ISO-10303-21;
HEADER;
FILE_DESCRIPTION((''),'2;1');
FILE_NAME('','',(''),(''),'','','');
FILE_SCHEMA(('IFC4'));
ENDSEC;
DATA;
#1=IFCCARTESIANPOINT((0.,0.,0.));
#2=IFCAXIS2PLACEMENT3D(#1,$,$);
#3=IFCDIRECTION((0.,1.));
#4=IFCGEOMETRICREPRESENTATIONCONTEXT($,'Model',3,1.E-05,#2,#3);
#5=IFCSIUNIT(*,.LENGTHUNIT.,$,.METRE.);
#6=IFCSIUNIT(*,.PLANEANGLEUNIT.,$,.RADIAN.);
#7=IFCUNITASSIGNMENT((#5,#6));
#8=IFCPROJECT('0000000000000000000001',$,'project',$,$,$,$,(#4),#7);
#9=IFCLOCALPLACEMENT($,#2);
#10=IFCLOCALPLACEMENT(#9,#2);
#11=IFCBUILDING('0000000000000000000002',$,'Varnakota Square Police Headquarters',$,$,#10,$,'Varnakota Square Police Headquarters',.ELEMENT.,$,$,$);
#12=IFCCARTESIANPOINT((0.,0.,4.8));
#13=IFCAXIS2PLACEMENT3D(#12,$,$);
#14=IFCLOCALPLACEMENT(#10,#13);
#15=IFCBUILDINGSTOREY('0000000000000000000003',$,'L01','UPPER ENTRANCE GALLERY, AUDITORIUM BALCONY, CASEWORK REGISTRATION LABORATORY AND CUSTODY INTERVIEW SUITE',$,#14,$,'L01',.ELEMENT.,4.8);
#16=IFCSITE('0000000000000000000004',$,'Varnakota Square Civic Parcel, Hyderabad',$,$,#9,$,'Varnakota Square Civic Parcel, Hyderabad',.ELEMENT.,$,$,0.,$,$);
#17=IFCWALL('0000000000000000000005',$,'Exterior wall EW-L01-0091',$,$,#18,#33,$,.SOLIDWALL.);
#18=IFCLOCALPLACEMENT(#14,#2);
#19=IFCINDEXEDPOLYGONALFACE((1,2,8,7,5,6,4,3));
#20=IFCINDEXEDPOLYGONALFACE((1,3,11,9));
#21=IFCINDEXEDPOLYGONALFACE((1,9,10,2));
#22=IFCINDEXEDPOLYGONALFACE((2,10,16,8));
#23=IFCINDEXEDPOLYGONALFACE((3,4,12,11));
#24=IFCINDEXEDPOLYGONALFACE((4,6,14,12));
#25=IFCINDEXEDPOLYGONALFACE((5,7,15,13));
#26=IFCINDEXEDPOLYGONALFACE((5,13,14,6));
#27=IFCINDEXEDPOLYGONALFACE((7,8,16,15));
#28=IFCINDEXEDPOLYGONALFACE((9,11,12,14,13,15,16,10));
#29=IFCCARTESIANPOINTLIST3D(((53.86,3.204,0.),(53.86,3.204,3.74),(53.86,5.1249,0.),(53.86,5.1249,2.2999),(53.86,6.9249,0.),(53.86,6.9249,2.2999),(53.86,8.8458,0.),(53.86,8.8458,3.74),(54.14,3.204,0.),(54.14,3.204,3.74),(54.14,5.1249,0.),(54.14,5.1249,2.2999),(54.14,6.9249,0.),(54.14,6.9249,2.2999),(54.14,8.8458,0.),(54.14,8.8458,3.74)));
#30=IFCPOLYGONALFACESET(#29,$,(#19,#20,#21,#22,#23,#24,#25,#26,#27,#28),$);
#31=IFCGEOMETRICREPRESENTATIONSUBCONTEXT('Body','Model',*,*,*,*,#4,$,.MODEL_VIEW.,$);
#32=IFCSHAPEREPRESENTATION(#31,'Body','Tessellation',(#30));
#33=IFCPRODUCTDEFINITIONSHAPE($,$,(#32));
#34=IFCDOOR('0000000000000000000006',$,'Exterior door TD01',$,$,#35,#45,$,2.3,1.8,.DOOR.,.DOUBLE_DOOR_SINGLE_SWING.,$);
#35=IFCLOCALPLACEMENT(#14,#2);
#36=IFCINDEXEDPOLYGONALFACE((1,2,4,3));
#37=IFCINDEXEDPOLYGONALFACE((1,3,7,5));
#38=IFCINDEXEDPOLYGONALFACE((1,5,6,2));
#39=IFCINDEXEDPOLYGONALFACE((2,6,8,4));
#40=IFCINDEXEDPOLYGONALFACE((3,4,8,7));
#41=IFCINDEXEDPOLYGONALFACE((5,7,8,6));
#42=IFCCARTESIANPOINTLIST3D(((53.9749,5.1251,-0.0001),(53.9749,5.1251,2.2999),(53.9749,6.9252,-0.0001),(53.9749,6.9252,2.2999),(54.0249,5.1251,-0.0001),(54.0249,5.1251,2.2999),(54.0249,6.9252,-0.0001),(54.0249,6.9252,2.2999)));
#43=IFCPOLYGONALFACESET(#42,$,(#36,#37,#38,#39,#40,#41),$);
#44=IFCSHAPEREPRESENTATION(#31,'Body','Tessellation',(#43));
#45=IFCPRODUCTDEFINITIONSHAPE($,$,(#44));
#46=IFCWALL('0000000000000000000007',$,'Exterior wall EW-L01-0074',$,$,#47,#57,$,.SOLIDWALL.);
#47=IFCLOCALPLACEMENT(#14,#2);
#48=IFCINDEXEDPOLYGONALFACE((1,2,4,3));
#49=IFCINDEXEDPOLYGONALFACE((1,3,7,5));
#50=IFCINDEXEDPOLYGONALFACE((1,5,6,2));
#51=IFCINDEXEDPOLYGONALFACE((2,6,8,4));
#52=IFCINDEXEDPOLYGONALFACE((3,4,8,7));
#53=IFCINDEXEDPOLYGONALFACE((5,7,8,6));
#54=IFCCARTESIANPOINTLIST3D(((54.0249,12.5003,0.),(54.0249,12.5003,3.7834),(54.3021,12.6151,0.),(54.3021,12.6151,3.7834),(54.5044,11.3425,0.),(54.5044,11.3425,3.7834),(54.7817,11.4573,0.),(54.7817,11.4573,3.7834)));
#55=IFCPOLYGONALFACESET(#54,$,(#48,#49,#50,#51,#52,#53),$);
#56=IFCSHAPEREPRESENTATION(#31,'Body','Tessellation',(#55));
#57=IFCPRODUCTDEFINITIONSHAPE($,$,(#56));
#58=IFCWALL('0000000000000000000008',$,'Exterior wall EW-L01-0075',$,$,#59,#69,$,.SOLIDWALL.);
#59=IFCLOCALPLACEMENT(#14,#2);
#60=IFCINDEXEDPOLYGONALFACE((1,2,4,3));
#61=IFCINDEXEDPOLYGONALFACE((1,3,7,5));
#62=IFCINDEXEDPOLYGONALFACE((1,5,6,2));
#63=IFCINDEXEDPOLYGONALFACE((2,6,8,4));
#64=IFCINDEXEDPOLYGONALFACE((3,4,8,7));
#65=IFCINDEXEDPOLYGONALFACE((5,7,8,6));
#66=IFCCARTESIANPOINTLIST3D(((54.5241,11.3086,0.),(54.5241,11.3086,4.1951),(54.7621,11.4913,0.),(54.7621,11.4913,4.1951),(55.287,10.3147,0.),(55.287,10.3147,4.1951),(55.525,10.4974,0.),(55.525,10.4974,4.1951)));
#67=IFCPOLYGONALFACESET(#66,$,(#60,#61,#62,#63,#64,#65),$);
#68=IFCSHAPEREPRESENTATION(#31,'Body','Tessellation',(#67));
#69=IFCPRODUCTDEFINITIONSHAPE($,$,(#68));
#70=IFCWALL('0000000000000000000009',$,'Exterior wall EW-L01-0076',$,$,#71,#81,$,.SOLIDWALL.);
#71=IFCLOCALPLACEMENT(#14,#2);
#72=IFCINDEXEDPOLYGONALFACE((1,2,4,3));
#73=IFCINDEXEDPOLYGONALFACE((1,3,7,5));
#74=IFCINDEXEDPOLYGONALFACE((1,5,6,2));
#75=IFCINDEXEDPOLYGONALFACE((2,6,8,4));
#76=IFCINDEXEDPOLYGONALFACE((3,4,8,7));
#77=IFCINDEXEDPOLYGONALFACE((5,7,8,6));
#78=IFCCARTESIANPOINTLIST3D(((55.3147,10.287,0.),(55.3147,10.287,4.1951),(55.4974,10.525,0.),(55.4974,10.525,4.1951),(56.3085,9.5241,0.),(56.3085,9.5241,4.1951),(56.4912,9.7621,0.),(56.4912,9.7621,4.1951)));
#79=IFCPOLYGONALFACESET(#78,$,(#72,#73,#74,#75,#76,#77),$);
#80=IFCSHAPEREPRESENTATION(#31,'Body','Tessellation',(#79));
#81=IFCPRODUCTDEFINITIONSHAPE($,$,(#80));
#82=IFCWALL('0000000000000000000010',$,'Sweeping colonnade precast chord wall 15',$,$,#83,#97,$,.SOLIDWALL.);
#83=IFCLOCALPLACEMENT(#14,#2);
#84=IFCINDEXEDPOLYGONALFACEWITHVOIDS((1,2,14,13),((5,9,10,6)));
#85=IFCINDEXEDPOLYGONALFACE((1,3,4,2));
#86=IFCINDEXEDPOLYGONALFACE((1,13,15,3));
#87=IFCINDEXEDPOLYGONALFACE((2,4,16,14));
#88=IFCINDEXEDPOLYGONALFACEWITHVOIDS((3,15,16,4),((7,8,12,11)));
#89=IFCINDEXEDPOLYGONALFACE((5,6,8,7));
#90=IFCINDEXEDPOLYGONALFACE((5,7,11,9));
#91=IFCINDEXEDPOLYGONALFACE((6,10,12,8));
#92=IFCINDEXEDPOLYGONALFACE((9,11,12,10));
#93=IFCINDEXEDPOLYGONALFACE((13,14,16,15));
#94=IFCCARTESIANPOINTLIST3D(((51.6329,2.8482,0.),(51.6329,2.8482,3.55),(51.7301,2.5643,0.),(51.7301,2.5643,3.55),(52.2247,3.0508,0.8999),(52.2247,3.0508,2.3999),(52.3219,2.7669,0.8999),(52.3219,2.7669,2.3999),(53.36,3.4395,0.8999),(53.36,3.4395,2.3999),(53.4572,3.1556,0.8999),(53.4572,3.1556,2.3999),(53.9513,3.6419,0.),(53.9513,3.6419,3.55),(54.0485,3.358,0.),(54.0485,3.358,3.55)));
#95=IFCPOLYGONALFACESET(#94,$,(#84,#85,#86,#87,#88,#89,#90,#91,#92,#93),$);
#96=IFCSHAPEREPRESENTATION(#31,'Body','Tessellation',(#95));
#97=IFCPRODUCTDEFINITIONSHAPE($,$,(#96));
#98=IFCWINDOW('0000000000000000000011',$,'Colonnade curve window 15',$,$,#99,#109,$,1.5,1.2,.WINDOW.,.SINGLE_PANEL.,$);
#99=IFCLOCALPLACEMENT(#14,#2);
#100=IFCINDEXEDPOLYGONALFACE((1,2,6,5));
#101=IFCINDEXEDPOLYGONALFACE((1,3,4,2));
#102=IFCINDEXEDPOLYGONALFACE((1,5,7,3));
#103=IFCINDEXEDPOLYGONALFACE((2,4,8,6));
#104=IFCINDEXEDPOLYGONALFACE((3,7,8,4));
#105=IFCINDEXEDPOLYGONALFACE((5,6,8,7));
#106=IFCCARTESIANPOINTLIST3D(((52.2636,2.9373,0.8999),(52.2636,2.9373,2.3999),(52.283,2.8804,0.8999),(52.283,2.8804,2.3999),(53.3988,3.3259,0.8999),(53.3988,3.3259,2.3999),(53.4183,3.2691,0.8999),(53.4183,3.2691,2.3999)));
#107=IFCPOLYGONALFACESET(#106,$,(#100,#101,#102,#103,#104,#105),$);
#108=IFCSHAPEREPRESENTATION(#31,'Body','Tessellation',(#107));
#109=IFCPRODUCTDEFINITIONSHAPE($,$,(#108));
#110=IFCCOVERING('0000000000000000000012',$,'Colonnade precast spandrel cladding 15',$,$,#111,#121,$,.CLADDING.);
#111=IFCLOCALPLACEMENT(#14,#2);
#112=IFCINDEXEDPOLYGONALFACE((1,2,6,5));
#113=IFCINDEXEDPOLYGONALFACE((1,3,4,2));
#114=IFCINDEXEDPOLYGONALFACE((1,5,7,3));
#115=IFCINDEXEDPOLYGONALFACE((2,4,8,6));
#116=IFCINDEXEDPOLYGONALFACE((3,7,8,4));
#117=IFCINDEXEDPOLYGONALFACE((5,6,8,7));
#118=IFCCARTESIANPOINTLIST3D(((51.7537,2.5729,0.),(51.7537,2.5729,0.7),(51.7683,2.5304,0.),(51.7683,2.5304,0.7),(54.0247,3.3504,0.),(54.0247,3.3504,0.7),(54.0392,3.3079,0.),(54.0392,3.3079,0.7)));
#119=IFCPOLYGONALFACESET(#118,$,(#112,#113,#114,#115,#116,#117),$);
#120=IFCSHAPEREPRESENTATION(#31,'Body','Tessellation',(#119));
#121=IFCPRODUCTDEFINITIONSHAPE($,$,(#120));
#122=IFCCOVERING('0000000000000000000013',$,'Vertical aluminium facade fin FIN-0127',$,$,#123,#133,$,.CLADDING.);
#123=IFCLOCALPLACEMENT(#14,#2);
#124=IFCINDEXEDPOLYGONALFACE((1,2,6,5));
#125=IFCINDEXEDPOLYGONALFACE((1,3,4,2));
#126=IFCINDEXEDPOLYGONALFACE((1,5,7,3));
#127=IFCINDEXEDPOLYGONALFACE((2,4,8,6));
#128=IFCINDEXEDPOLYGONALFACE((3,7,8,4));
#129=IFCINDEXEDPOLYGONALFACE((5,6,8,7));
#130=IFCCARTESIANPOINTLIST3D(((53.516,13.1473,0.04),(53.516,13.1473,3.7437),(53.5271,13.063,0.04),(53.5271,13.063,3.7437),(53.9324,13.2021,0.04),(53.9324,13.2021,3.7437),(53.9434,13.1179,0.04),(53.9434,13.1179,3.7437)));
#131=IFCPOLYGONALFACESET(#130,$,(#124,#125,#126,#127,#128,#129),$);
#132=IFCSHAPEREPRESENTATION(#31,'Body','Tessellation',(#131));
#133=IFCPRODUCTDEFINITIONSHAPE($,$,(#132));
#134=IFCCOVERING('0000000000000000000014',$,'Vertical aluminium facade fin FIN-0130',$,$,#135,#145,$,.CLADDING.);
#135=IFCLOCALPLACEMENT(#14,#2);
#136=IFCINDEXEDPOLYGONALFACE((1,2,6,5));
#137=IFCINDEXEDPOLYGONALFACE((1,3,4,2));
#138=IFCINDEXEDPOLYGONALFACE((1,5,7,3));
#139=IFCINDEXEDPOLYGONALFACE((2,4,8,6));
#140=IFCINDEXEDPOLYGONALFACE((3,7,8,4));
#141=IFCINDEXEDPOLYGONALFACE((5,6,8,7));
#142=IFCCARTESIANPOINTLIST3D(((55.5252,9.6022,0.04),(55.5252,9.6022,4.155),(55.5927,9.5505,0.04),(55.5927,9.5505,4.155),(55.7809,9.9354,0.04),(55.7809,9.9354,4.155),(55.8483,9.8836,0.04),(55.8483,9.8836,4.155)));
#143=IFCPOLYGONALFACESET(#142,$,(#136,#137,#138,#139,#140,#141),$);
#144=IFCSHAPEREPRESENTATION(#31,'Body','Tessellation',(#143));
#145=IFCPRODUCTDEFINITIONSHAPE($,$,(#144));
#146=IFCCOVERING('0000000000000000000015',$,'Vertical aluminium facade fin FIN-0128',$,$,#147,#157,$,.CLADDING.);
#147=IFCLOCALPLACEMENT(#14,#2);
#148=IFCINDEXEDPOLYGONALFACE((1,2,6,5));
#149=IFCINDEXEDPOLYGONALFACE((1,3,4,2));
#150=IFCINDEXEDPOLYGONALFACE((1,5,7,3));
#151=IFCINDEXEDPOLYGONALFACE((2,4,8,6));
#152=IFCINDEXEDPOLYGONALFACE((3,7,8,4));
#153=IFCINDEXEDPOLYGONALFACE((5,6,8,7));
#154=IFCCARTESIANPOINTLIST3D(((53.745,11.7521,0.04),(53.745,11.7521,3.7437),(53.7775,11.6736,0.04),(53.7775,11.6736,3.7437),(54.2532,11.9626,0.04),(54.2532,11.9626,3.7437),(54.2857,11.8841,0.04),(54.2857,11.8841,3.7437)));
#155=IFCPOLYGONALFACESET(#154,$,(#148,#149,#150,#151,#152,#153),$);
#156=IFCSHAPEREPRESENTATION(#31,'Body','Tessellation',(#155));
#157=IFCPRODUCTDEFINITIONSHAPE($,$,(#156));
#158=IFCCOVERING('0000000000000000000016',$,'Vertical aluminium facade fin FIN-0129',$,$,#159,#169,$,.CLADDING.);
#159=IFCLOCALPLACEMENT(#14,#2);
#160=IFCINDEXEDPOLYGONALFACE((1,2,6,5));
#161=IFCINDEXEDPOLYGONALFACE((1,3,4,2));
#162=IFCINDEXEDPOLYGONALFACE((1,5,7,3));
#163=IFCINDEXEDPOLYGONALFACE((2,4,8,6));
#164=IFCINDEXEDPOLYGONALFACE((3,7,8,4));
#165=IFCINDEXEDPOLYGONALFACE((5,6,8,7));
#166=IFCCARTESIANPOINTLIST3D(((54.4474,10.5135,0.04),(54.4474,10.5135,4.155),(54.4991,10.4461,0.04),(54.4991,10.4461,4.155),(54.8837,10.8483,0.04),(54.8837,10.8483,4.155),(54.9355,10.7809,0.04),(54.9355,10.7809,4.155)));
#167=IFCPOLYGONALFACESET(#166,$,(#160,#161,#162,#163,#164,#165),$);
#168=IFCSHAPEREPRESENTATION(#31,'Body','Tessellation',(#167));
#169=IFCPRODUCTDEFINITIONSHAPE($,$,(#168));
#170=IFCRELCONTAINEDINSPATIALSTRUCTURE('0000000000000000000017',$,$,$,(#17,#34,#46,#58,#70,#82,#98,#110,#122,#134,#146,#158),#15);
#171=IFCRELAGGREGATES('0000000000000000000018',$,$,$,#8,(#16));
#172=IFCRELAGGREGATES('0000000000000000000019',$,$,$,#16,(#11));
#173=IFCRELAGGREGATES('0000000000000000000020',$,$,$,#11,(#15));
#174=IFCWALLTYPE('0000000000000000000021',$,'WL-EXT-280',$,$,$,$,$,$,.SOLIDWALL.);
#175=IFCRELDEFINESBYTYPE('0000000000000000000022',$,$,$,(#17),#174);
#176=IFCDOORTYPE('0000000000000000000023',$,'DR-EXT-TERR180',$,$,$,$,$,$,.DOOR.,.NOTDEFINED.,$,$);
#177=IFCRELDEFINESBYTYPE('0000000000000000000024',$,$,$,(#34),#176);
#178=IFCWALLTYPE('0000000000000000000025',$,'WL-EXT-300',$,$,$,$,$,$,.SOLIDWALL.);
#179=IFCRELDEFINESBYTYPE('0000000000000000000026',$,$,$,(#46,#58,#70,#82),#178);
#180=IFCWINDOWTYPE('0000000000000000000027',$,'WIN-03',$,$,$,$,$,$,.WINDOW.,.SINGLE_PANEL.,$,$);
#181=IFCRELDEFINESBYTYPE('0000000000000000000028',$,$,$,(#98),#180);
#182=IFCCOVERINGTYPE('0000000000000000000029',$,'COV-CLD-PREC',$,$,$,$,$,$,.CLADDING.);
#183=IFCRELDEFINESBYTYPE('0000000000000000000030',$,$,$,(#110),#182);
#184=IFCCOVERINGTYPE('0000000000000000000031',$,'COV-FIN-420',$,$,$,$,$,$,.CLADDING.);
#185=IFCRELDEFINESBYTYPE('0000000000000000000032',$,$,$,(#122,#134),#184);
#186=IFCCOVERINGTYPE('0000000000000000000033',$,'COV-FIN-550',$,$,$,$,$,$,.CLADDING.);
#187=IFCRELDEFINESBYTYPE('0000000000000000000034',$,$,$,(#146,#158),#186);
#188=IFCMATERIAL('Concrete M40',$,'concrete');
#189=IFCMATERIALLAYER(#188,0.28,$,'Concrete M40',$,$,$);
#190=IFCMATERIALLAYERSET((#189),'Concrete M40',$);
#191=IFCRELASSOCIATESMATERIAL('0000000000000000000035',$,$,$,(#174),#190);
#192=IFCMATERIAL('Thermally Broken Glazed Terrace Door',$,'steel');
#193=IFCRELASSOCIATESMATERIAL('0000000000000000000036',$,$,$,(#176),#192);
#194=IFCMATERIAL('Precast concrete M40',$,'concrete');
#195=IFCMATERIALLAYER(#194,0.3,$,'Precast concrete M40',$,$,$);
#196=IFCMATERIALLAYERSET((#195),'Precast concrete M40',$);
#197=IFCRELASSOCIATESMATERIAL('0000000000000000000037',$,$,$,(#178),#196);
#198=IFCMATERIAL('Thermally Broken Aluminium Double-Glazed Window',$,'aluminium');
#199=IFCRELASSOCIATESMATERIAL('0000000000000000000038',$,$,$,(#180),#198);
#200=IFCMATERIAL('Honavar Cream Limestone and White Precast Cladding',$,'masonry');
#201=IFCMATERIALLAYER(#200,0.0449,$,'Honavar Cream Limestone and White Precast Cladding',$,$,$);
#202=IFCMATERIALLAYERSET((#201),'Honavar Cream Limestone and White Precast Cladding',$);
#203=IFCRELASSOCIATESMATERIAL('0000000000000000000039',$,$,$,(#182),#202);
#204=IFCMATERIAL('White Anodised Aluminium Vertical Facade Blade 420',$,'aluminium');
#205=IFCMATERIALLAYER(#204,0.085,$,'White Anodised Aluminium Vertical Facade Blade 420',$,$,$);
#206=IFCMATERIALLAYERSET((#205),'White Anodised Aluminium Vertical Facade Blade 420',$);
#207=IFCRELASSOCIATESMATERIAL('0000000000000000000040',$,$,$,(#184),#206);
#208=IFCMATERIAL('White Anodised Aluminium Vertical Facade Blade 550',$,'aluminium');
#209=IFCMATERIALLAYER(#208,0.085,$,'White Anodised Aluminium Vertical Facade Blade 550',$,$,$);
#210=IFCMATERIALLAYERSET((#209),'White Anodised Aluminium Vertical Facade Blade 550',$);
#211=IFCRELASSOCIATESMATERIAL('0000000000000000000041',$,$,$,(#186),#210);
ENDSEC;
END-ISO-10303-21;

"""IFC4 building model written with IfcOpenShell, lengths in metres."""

from ifc_helpers import new_model, si_unit, direction, frame, frame_2d, origin, origin_2d, place, context, subcontext, project, spatial, rectangle, extrude, material, layer, layer_set, type_object, element, fill, save


model = new_model("IFC4")

# Units and contexts
model_context = context("Model", 3, precision=1e-05, world=origin(), true_north=direction((0.0, 1.0)))
body_context = subcontext(model_context, "Body", "Model", "MODEL_VIEW")
ifc_project = project(units=[si_unit("LENGTHUNIT", "METRE"), si_unit("PLANEANGLEUNIT", "RADIAN")], contexts=[model_context])

# Site, building, storey
site_placement = place(None, origin())
site = spatial("IfcSite", under=ifc_project, at=site_placement, Name="Varnakota Square Civic Parcel, Hyderabad", LongName="Varnakota Square Civic Parcel, Hyderabad", CompositionType="ELEMENT", RefElevation=0.0)
building_placement = place(site_placement, origin())
building = spatial("IfcBuilding", under=site, at=building_placement, Name="Varnakota Square Police Headquarters", LongName="Varnakota Square Police Headquarters", CompositionType="ELEMENT")
storey_placement = place(building_placement, frame((0.0, 0.0, 4.8)))
storey = spatial("IfcBuildingStorey", under=building, at=storey_placement, Name="L01", Description="UPPER ENTRANCE GALLERY, AUDITORIUM BALCONY, CASEWORK REGISTRATION LABORATORY AND CUSTODY INTERVIEW SUITE", LongName="L01", CompositionType="ELEMENT", Elevation=4.8)

# Wall, opening, door
ifc_material_1 = material(Name="Concrete M40", Category="concrete")
ifc_layer_1 = layer(ifc_material_1, 0.28, Name="Concrete M40")
ifc_layer_set_1 = layer_set([ifc_layer_1], Name="Concrete M40")
wall_type_1 = type_object("IfcWallType", Name="WL-EXT-280", PredefinedType="SOLIDWALL", material=ifc_layer_set_1)
wall_1_placement = place(storey_placement, frame((54.0, 3.2041, 0.0), z_axis=(0.0, 0.0, 1.0), x_axis=(0.0, 1.0, 0.0)))
wall_1 = element("IfcWall", 1, at=wall_1_placement, inside=storey, type_object=wall_type_1, Name="Exterior wall EW-L01-0091", PredefinedType="SOLIDWALL", context=body_context, shape_type="SweptSolid", body=[
    extrude(rectangle(XDim=5.6418, YDim=0.28, at=frame_2d((2.8208, 0.0))), origin(), (0.0, 0.0, 1.0), 3.74),
])
opening_1_placement = place(wall_1_placement, frame((1.9209, 0.0, 0.0)))
opening_1 = element("IfcOpeningElement", 2, at=opening_1_placement, cuts=wall_1, PredefinedType="OPENING", context=body_context, shape_type="SweptSolid", body=[
    extrude(rectangle(XDim=1.8, YDim=2.3, at=frame_2d((0.8999, 1.1499))), frame((0.0, 0.1499, 0.0), z_axis=(0.0, -1.0, 0.0), x_axis=(1.0, 0.0, 0.0)), (0.0, 0.0, 1.0), 0.3),
])
ifc_material_2 = material(Name="Thermally Broken Glazed Terrace Door", Category="steel")
door_type = type_object("IfcDoorType", Name="DR-EXT-TERR180", OperationType="NOTDEFINED", PredefinedType="DOOR", material=ifc_material_2)
door_placement = place(opening_1_placement, frame((1.8, 0.0, 0.0), z_axis=(0.0, 0.0, 1.0), x_axis=(-1.0, 0.0, 0.0)))
door = element("IfcDoor", 3, at=door_placement, inside=storey, type_object=door_type, Name="Exterior door TD01", OperationType="DOUBLE_DOOR_SINGLE_SWING", OverallHeight=2.3, OverallWidth=1.8, PredefinedType="DOOR", context=body_context, shape_type="SweptSolid", body=[
    extrude(rectangle(XDim=1.8, YDim=2.3, at=frame_2d((0.8999, 1.1499))), frame((0.0, 0.0249, 0.0), z_axis=(0.0, -1.0, 0.0), x_axis=(1.0, 0.0, 0.0)), (0.0, 0.0, 1.0), 0.05),
])
fill(opening_1, door)

# Walls
ifc_material_3 = material(Name="Precast concrete M40", Category="concrete")
ifc_layer_2 = layer(ifc_material_3, 0.3, Name="Precast concrete M40")
ifc_layer_set_2 = layer_set([ifc_layer_2], Name="Precast concrete M40")
wall_type_2 = type_object("IfcWallType", Name="WL-EXT-300", PredefinedType="SOLIDWALL", material=ifc_layer_set_2)
wall_2_placement = place(storey_placement, frame((54.1636, 12.5576, 0.0), z_axis=(0.0, 0.0, 1.0), x_axis=(0.38265, -0.923893, 0.0)))
element("IfcWall", 4, at=wall_2_placement, inside=storey, type_object=wall_type_2, Name="Exterior wall EW-L01-0074", PredefinedType="SOLIDWALL", context=body_context, shape_type="SweptSolid", body=[
    extrude(rectangle(XDim=1.2532, YDim=0.3, at=frame_2d((0.6265, 0.0))), origin(), (0.0, 0.0, 1.0), 3.7834),
])
for number, where, z_axis, x_axis, name in (
    (5, (54.6431, 11.3999, 0.0), (0.0, 0.0, 1.0), (0.60891, -0.793239, 0.0), "Exterior wall EW-L01-0075"),
    (6, (55.406, 10.406, 0.0), (0.0, 0.0, 1.0), (0.793239, -0.60891, 0.0), "Exterior wall EW-L01-0076"),
):
    element("IfcWall", number, at=place(storey_placement, frame(where, z_axis=z_axis, x_axis=x_axis)), inside=storey, type_object=wall_type_2, Name=name, PredefinedType="SOLIDWALL", context=body_context, shape_type="SweptSolid", body=[
        extrude(rectangle(XDim=1.2529, YDim=0.3, at=frame_2d((0.6265, 0.0))), origin(), (0.0, 0.0, 1.0), 4.1951),
    ])

# Wall, opening, window
wall_3_placement = place(storey_placement, frame((51.6816, 2.7063, 0.0), z_axis=(0.0, 0.0, 1.0), x_axis=(0.946092, 0.323899, 0.0)))
wall_3 = element("IfcWall", 7, at=wall_3_placement, inside=storey, type_object=wall_type_2, Name="Sweeping colonnade precast chord wall 15", PredefinedType="SOLIDWALL", context=body_context, shape_type="SweptSolid", body=[
    extrude(rectangle(XDim=2.4504, YDim=0.3, at=frame_2d((1.2251, 0.0))), origin(), (0.0, 0.0, 1.0), 3.55),
])
opening_2_placement = place(wall_3_placement, frame((0.6252, 0.0, 0.8999)))
opening_2 = element("IfcOpeningElement", 8, at=opening_2_placement, cuts=wall_3, PredefinedType="OPENING", context=body_context, shape_type="SweptSolid", body=[
    extrude(rectangle(XDim=1.2, YDim=1.5, at=frame_2d((0.6001, 0.75))), frame((0.0, 0.1599, 0.0), z_axis=(0.0, -1.0, 0.0), x_axis=(1.0, 0.0, 0.0)), (0.0, 0.0, 1.0), 0.3201),
])
ifc_material_4 = material(Name="Thermally Broken Aluminium Double-Glazed Window", Category="aluminium")
window_type = type_object("IfcWindowType", Name="WIN-03", PartitioningType="SINGLE_PANEL", PredefinedType="WINDOW", material=ifc_material_4)
window_placement = place(opening_2_placement, origin())
window = element("IfcWindow", 9, at=window_placement, inside=storey, type_object=window_type, Name="Colonnade curve window 15", OverallHeight=1.5, OverallWidth=1.2, PartitioningType="SINGLE_PANEL", PredefinedType="WINDOW", context=body_context, shape_type="SweptSolid", body=[
    extrude(rectangle(XDim=1.2, YDim=1.5, at=frame_2d((0.6001, 0.75))), frame((0.0, 0.03, 0.0), z_axis=(0.0, -1.0, 0.0), x_axis=(1.0, 0.0, 0.0)), (0.0, 0.0, 1.0), 0.0601),
])
fill(opening_2, window)

# Coverings
ifc_material_5 = material(Name="Honavar Cream Limestone and White Precast Cladding", Category="masonry")
ifc_layer_3 = layer(ifc_material_5, 0.0449, Name="Honavar Cream Limestone and White Precast Cladding")
ifc_layer_set_3 = layer_set([ifc_layer_3], Name="Honavar Cream Limestone and White Precast Cladding")
covering_type_1 = type_object("IfcCoveringType", Name="COV-CLD-PREC", PredefinedType="CLADDING", material=ifc_layer_set_3)
covering_1_placement = place(storey_placement, frame((52.8965, 2.9404, 0.0), z_axis=(0.0, 0.0, 1.0), x_axis=(0.946085, 0.323917, 0.0)))
element("IfcCovering", 10, at=covering_1_placement, inside=storey, type_object=covering_type_1, Name="Colonnade precast spandrel cladding 15", PredefinedType="CLADDING", context=body_context, shape_type="SweptSolid", body=[
    extrude(rectangle(XDim=2.4004, YDim=0.0449, at=origin_2d()), origin(), (0.0, 0.0, 1.0), 0.7),
])
ifc_material_6 = material(Name="White Anodised Aluminium Vertical Facade Blade 420", Category="aluminium")
ifc_layer_4 = layer(ifc_material_6, 0.085, Name="White Anodised Aluminium Vertical Facade Blade 420")
ifc_layer_set_4 = layer_set([ifc_layer_4], Name="White Anodised Aluminium Vertical Facade Blade 420")
covering_type_2 = type_object("IfcCoveringType", Name="COV-FIN-420", PredefinedType="CLADDING", material=ifc_layer_set_4)
covering_2_placement = place(storey_placement, frame((53.7297, 13.1326, 0.04), z_axis=(0.0, 0.0, 1.0), x_axis=(0.130526, -0.991445, 0.0)))
element("IfcCovering", 11, at=covering_2_placement, inside=storey, type_object=covering_type_2, Name="Vertical aluminium facade fin FIN-0127", PredefinedType="CLADDING", context=body_context, shape_type="SweptSolid", body=[
    extrude(rectangle(XDim=0.085, YDim=0.4199, at=origin_2d()), origin(), (0.0, 0.0, 1.0), 3.7036),
])
covering_3_placement = place(storey_placement, frame((55.6868, 9.7429, 0.04), z_axis=(0.0, 0.0, 1.0), x_axis=(0.793353, -0.608761, 0.0)))
element("IfcCovering", 12, at=covering_3_placement, inside=storey, type_object=covering_type_2, Name="Vertical aluminium facade fin FIN-0130", PredefinedType="CLADDING", context=body_context, shape_type="SweptSolid", body=[
    extrude(rectangle(XDim=0.085, YDim=0.4199, at=origin_2d()), origin(), (0.0, 0.0, 1.0), 4.115),
])
ifc_material_7 = material(Name="White Anodised Aluminium Vertical Facade Blade 550", Category="aluminium")
ifc_layer_5 = layer(ifc_material_7, 0.085, Name="White Anodised Aluminium Vertical Facade Blade 550")
ifc_layer_set_5 = layer_set([ifc_layer_5], Name="White Anodised Aluminium Vertical Facade Blade 550")
covering_type_3 = type_object("IfcCoveringType", Name="COV-FIN-550", PredefinedType="CLADDING", material=ifc_layer_set_5)
covering_4_placement = place(storey_placement, frame((54.0154, 11.8181, 0.04), z_axis=(0.0, 0.0, 1.0), x_axis=(0.382683, -0.92388, 0.0)))
element("IfcCovering", 13, at=covering_4_placement, inside=storey, type_object=covering_type_3, Name="Vertical aluminium facade fin FIN-0128", PredefinedType="CLADDING", context=body_context, shape_type="SweptSolid", body=[
    extrude(rectangle(XDim=0.085, YDim=0.55, at=origin_2d()), origin(), (0.0, 0.0, 1.0), 3.7036),
])
covering_5_placement = place(storey_placement, frame((54.6914, 10.6472, 0.04), z_axis=(0.0, 0.0, 1.0), x_axis=(0.608761, -0.793353, 0.0)))
element("IfcCovering", 14, at=covering_5_placement, inside=storey, type_object=covering_type_3, Name="Vertical aluminium facade fin FIN-0129", PredefinedType="CLADDING", context=body_context, shape_type="SweptSolid", body=[
    extrude(rectangle(XDim=0.085, YDim=0.55, at=origin_2d()), origin(), (0.0, 0.0, 1.0), 4.115),
])

save(model, "model.ifc")
